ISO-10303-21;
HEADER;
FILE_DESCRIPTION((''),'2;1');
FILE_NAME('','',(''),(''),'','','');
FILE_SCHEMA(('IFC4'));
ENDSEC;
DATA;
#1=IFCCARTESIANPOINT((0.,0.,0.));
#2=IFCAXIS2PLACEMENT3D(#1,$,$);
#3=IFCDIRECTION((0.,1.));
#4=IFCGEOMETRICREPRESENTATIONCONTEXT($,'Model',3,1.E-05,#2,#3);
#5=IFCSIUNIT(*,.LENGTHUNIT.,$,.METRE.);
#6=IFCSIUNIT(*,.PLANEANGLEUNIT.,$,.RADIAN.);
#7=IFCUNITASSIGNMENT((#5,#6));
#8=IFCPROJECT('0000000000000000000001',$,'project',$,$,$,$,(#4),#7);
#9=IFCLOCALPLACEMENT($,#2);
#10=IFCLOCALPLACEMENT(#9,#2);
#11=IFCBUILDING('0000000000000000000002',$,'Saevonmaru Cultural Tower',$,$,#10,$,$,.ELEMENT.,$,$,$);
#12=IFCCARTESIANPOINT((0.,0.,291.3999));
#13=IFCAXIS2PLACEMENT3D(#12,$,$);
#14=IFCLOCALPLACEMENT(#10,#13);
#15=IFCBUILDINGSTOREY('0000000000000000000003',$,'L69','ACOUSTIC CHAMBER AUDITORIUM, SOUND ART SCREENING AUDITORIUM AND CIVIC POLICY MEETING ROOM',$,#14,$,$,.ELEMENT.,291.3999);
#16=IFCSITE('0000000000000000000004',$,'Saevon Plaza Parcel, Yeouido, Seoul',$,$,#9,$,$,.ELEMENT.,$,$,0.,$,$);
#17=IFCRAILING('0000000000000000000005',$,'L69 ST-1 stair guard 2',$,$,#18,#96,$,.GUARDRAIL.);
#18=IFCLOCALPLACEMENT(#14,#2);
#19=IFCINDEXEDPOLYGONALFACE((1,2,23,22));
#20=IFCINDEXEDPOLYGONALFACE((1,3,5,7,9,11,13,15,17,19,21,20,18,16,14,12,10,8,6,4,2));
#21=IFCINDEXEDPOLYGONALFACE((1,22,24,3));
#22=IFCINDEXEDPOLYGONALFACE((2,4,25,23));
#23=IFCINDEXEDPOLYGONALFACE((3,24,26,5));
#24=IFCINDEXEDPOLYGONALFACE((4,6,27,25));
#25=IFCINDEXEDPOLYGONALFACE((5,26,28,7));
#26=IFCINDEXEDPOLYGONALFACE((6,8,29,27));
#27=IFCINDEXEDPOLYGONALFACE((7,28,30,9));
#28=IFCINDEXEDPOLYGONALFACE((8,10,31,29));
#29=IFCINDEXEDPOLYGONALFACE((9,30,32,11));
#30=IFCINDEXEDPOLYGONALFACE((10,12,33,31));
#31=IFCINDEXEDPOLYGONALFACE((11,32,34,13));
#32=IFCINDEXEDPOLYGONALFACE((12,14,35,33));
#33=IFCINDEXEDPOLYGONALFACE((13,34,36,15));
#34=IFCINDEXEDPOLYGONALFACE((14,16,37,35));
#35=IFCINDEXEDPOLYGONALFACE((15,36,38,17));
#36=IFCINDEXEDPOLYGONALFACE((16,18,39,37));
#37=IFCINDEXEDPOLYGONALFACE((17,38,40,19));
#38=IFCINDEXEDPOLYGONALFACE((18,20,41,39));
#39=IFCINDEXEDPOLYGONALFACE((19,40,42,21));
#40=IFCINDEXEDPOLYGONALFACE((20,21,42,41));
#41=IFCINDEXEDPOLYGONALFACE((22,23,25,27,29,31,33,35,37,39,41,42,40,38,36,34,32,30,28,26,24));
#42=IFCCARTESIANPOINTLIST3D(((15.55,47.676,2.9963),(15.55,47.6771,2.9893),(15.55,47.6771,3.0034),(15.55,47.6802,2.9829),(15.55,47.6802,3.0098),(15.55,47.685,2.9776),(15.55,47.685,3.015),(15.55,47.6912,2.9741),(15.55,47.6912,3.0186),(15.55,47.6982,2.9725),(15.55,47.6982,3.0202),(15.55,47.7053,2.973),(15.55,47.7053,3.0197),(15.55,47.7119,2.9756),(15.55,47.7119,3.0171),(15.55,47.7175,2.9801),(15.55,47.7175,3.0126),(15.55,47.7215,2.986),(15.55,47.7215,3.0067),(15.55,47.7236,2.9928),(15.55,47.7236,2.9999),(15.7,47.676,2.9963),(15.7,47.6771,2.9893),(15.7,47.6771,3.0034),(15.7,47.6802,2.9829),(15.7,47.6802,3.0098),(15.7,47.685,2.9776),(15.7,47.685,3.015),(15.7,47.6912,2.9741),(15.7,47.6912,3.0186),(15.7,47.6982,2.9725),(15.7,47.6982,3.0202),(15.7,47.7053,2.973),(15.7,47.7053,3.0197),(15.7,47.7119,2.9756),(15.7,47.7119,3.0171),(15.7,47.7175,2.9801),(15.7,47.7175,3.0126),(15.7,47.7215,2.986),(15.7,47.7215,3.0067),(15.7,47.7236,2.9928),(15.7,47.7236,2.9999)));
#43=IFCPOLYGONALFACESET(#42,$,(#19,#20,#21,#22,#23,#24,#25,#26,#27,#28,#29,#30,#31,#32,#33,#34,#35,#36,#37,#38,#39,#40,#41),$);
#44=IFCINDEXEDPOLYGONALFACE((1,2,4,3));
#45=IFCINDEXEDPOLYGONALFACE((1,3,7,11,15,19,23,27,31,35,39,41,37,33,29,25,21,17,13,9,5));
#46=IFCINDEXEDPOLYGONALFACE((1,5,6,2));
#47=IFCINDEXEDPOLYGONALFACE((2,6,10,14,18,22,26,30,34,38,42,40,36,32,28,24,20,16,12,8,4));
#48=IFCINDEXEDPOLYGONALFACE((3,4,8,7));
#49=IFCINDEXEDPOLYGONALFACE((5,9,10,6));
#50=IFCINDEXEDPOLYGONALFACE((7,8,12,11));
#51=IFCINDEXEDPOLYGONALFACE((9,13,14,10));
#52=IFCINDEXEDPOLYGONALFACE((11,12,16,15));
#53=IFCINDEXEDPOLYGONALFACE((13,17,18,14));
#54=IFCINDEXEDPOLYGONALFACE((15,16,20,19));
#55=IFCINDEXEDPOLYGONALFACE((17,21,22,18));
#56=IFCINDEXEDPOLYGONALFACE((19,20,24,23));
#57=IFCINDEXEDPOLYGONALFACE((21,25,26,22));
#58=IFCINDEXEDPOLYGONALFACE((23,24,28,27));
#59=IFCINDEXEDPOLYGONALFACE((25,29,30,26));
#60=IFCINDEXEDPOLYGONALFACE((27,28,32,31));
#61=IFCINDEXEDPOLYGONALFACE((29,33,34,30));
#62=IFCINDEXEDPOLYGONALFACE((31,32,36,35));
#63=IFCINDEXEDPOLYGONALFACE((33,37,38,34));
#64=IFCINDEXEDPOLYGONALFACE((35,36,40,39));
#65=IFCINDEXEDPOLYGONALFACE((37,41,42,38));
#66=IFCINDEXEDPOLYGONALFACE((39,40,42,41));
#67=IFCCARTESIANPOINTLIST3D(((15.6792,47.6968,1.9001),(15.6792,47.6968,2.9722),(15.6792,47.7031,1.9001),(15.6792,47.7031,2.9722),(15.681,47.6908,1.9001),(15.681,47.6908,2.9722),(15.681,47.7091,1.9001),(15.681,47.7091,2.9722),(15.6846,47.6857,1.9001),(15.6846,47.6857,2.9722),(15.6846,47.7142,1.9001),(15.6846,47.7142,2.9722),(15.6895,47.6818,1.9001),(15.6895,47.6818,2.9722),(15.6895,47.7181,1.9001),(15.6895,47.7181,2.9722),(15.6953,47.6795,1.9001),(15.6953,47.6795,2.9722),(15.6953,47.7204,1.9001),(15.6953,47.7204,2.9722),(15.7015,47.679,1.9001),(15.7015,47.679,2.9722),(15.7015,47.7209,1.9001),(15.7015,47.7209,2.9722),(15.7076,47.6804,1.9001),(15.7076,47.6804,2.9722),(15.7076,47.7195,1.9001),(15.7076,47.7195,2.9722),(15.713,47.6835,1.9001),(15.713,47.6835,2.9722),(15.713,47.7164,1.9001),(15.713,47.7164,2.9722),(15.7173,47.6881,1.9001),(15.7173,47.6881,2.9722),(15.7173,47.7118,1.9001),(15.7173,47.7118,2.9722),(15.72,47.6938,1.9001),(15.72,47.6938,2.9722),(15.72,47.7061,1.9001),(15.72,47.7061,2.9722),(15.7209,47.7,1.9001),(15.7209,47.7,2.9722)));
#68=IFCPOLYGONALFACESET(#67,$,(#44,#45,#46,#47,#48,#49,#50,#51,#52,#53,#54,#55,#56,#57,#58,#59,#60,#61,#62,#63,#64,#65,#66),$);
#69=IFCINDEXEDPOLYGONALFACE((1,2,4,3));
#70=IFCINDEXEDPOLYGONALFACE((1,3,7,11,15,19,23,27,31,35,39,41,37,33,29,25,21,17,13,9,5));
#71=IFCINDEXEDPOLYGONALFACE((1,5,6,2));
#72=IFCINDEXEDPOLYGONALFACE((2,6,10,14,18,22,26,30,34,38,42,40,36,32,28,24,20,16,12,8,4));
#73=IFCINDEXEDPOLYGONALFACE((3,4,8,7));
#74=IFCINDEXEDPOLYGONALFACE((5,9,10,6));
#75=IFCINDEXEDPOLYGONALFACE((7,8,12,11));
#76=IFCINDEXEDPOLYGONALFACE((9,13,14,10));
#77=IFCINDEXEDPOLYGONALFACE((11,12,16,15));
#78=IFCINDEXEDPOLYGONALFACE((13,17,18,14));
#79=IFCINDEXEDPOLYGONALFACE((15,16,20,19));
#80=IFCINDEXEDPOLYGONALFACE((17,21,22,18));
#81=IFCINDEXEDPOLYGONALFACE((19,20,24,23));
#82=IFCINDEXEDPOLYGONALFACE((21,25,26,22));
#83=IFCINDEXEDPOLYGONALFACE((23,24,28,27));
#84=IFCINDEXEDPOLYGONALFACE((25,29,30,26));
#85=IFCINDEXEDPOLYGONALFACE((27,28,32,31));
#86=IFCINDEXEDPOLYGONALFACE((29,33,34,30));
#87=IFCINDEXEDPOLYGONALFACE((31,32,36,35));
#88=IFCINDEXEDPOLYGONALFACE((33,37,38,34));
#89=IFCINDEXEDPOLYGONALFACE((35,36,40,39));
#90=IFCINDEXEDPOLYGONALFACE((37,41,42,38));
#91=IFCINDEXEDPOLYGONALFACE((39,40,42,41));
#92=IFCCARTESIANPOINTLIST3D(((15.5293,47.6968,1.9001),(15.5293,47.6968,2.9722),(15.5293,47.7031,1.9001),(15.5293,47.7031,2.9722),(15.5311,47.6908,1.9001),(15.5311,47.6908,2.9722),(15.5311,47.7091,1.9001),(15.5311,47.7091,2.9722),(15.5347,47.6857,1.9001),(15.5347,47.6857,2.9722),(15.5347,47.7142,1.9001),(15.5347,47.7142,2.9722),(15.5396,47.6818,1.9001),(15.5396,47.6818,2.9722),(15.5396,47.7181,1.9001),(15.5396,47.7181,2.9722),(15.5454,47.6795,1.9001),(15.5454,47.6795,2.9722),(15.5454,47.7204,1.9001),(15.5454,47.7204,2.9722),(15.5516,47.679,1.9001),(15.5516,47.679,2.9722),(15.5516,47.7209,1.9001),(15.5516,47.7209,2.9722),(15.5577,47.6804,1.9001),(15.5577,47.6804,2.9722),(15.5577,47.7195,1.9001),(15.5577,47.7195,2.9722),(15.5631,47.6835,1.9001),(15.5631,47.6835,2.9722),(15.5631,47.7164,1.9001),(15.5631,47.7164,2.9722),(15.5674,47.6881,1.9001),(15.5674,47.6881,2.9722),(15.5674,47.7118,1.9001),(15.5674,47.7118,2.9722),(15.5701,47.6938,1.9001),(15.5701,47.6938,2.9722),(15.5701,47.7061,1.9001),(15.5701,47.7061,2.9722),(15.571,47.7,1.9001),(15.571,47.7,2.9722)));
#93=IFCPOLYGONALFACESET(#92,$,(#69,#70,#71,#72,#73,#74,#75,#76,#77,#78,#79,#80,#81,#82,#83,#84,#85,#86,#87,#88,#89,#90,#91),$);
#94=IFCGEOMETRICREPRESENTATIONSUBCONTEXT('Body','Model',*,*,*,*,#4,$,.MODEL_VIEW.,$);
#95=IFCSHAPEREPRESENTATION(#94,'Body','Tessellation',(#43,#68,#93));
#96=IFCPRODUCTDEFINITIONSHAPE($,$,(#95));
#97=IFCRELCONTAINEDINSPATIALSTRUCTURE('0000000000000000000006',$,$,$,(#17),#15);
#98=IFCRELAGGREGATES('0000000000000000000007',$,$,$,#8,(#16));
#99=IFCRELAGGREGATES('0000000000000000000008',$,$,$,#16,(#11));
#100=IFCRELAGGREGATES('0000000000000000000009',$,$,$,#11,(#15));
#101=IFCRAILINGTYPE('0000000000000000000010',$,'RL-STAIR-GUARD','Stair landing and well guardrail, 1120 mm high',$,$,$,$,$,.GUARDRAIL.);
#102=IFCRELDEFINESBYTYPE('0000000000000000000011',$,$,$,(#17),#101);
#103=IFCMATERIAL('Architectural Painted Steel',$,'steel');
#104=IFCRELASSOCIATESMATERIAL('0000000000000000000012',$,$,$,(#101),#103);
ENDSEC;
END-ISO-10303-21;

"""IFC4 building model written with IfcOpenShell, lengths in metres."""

from ifc_helpers import new_model, si_unit, direction, frame, origin, origin_2d, place, context, subcontext, project, spatial, circle, extrude, material, type_object, element, save


model = new_model("IFC4")

# Units and contexts
model_context = context("Model", 3, precision=1e-05, world=origin(), true_north=direction((0.0, 1.0)))
body_context = subcontext(model_context, "Body", "Model", "MODEL_VIEW")
ifc_project = project(units=[si_unit("LENGTHUNIT", "METRE"), si_unit("PLANEANGLEUNIT", "RADIAN")], contexts=[model_context])

# Site, building, storey
site_placement = place(None, origin())
site = spatial("IfcSite", under=ifc_project, at=site_placement, Name="Saevon Plaza Parcel, Yeouido, Seoul", CompositionType="ELEMENT", RefElevation=0.0)
building_placement = place(site_placement, origin())
building = spatial("IfcBuilding", under=site, at=building_placement, Name="Saevonmaru Cultural Tower", CompositionType="ELEMENT")
storey_placement = place(building_placement, frame((0.0, 0.0, 291.3999)))
storey = spatial("IfcBuildingStorey", under=building, at=storey_placement, Name="L69", Description="ACOUSTIC CHAMBER AUDITORIUM, SOUND ART SCREENING AUDITORIUM AND CIVIC POLICY MEETING ROOM", CompositionType="ELEMENT", Elevation=291.3999)

# Railing
ifc_material_1 = material(Name="Architectural Painted Steel", Category="steel")
railing_type_1 = type_object("IfcRailingType", Name="RL-STAIR-GUARD", Description="Stair landing and well guardrail, 1120 mm high", PredefinedType="GUARDRAIL", material=ifc_material_1)
railing_1_placement = place(storey_placement, frame((15.7, 47.7, 1.9001)))
element("IfcRailing", 1, at=railing_1_placement, inside=storey, type_object=railing_type_1, Name="L69 ST-1 stair guard 2", PredefinedType="GUARDRAIL", context=body_context, shape_type="SweptSolid", body=[
    extrude(circle(Radius=0.0239, at=origin_2d()), frame((0.0, 0.0, 1.0962), z_axis=(-1.0, 0.0, 0.0), x_axis=(0.0, -1.0, 0.0)), (0.0, 0.0, 1.0), 0.1499),
    extrude(circle(Radius=0.021, at=origin_2d()), origin(), (0.0, 0.0, 1.0), 1.072),
    extrude(circle(Radius=0.021, at=origin_2d()), frame((-0.1499, 0.0, 0.0)), (0.0, 0.0, 1.0), 1.072),
])

save(model, "model.ifc")
